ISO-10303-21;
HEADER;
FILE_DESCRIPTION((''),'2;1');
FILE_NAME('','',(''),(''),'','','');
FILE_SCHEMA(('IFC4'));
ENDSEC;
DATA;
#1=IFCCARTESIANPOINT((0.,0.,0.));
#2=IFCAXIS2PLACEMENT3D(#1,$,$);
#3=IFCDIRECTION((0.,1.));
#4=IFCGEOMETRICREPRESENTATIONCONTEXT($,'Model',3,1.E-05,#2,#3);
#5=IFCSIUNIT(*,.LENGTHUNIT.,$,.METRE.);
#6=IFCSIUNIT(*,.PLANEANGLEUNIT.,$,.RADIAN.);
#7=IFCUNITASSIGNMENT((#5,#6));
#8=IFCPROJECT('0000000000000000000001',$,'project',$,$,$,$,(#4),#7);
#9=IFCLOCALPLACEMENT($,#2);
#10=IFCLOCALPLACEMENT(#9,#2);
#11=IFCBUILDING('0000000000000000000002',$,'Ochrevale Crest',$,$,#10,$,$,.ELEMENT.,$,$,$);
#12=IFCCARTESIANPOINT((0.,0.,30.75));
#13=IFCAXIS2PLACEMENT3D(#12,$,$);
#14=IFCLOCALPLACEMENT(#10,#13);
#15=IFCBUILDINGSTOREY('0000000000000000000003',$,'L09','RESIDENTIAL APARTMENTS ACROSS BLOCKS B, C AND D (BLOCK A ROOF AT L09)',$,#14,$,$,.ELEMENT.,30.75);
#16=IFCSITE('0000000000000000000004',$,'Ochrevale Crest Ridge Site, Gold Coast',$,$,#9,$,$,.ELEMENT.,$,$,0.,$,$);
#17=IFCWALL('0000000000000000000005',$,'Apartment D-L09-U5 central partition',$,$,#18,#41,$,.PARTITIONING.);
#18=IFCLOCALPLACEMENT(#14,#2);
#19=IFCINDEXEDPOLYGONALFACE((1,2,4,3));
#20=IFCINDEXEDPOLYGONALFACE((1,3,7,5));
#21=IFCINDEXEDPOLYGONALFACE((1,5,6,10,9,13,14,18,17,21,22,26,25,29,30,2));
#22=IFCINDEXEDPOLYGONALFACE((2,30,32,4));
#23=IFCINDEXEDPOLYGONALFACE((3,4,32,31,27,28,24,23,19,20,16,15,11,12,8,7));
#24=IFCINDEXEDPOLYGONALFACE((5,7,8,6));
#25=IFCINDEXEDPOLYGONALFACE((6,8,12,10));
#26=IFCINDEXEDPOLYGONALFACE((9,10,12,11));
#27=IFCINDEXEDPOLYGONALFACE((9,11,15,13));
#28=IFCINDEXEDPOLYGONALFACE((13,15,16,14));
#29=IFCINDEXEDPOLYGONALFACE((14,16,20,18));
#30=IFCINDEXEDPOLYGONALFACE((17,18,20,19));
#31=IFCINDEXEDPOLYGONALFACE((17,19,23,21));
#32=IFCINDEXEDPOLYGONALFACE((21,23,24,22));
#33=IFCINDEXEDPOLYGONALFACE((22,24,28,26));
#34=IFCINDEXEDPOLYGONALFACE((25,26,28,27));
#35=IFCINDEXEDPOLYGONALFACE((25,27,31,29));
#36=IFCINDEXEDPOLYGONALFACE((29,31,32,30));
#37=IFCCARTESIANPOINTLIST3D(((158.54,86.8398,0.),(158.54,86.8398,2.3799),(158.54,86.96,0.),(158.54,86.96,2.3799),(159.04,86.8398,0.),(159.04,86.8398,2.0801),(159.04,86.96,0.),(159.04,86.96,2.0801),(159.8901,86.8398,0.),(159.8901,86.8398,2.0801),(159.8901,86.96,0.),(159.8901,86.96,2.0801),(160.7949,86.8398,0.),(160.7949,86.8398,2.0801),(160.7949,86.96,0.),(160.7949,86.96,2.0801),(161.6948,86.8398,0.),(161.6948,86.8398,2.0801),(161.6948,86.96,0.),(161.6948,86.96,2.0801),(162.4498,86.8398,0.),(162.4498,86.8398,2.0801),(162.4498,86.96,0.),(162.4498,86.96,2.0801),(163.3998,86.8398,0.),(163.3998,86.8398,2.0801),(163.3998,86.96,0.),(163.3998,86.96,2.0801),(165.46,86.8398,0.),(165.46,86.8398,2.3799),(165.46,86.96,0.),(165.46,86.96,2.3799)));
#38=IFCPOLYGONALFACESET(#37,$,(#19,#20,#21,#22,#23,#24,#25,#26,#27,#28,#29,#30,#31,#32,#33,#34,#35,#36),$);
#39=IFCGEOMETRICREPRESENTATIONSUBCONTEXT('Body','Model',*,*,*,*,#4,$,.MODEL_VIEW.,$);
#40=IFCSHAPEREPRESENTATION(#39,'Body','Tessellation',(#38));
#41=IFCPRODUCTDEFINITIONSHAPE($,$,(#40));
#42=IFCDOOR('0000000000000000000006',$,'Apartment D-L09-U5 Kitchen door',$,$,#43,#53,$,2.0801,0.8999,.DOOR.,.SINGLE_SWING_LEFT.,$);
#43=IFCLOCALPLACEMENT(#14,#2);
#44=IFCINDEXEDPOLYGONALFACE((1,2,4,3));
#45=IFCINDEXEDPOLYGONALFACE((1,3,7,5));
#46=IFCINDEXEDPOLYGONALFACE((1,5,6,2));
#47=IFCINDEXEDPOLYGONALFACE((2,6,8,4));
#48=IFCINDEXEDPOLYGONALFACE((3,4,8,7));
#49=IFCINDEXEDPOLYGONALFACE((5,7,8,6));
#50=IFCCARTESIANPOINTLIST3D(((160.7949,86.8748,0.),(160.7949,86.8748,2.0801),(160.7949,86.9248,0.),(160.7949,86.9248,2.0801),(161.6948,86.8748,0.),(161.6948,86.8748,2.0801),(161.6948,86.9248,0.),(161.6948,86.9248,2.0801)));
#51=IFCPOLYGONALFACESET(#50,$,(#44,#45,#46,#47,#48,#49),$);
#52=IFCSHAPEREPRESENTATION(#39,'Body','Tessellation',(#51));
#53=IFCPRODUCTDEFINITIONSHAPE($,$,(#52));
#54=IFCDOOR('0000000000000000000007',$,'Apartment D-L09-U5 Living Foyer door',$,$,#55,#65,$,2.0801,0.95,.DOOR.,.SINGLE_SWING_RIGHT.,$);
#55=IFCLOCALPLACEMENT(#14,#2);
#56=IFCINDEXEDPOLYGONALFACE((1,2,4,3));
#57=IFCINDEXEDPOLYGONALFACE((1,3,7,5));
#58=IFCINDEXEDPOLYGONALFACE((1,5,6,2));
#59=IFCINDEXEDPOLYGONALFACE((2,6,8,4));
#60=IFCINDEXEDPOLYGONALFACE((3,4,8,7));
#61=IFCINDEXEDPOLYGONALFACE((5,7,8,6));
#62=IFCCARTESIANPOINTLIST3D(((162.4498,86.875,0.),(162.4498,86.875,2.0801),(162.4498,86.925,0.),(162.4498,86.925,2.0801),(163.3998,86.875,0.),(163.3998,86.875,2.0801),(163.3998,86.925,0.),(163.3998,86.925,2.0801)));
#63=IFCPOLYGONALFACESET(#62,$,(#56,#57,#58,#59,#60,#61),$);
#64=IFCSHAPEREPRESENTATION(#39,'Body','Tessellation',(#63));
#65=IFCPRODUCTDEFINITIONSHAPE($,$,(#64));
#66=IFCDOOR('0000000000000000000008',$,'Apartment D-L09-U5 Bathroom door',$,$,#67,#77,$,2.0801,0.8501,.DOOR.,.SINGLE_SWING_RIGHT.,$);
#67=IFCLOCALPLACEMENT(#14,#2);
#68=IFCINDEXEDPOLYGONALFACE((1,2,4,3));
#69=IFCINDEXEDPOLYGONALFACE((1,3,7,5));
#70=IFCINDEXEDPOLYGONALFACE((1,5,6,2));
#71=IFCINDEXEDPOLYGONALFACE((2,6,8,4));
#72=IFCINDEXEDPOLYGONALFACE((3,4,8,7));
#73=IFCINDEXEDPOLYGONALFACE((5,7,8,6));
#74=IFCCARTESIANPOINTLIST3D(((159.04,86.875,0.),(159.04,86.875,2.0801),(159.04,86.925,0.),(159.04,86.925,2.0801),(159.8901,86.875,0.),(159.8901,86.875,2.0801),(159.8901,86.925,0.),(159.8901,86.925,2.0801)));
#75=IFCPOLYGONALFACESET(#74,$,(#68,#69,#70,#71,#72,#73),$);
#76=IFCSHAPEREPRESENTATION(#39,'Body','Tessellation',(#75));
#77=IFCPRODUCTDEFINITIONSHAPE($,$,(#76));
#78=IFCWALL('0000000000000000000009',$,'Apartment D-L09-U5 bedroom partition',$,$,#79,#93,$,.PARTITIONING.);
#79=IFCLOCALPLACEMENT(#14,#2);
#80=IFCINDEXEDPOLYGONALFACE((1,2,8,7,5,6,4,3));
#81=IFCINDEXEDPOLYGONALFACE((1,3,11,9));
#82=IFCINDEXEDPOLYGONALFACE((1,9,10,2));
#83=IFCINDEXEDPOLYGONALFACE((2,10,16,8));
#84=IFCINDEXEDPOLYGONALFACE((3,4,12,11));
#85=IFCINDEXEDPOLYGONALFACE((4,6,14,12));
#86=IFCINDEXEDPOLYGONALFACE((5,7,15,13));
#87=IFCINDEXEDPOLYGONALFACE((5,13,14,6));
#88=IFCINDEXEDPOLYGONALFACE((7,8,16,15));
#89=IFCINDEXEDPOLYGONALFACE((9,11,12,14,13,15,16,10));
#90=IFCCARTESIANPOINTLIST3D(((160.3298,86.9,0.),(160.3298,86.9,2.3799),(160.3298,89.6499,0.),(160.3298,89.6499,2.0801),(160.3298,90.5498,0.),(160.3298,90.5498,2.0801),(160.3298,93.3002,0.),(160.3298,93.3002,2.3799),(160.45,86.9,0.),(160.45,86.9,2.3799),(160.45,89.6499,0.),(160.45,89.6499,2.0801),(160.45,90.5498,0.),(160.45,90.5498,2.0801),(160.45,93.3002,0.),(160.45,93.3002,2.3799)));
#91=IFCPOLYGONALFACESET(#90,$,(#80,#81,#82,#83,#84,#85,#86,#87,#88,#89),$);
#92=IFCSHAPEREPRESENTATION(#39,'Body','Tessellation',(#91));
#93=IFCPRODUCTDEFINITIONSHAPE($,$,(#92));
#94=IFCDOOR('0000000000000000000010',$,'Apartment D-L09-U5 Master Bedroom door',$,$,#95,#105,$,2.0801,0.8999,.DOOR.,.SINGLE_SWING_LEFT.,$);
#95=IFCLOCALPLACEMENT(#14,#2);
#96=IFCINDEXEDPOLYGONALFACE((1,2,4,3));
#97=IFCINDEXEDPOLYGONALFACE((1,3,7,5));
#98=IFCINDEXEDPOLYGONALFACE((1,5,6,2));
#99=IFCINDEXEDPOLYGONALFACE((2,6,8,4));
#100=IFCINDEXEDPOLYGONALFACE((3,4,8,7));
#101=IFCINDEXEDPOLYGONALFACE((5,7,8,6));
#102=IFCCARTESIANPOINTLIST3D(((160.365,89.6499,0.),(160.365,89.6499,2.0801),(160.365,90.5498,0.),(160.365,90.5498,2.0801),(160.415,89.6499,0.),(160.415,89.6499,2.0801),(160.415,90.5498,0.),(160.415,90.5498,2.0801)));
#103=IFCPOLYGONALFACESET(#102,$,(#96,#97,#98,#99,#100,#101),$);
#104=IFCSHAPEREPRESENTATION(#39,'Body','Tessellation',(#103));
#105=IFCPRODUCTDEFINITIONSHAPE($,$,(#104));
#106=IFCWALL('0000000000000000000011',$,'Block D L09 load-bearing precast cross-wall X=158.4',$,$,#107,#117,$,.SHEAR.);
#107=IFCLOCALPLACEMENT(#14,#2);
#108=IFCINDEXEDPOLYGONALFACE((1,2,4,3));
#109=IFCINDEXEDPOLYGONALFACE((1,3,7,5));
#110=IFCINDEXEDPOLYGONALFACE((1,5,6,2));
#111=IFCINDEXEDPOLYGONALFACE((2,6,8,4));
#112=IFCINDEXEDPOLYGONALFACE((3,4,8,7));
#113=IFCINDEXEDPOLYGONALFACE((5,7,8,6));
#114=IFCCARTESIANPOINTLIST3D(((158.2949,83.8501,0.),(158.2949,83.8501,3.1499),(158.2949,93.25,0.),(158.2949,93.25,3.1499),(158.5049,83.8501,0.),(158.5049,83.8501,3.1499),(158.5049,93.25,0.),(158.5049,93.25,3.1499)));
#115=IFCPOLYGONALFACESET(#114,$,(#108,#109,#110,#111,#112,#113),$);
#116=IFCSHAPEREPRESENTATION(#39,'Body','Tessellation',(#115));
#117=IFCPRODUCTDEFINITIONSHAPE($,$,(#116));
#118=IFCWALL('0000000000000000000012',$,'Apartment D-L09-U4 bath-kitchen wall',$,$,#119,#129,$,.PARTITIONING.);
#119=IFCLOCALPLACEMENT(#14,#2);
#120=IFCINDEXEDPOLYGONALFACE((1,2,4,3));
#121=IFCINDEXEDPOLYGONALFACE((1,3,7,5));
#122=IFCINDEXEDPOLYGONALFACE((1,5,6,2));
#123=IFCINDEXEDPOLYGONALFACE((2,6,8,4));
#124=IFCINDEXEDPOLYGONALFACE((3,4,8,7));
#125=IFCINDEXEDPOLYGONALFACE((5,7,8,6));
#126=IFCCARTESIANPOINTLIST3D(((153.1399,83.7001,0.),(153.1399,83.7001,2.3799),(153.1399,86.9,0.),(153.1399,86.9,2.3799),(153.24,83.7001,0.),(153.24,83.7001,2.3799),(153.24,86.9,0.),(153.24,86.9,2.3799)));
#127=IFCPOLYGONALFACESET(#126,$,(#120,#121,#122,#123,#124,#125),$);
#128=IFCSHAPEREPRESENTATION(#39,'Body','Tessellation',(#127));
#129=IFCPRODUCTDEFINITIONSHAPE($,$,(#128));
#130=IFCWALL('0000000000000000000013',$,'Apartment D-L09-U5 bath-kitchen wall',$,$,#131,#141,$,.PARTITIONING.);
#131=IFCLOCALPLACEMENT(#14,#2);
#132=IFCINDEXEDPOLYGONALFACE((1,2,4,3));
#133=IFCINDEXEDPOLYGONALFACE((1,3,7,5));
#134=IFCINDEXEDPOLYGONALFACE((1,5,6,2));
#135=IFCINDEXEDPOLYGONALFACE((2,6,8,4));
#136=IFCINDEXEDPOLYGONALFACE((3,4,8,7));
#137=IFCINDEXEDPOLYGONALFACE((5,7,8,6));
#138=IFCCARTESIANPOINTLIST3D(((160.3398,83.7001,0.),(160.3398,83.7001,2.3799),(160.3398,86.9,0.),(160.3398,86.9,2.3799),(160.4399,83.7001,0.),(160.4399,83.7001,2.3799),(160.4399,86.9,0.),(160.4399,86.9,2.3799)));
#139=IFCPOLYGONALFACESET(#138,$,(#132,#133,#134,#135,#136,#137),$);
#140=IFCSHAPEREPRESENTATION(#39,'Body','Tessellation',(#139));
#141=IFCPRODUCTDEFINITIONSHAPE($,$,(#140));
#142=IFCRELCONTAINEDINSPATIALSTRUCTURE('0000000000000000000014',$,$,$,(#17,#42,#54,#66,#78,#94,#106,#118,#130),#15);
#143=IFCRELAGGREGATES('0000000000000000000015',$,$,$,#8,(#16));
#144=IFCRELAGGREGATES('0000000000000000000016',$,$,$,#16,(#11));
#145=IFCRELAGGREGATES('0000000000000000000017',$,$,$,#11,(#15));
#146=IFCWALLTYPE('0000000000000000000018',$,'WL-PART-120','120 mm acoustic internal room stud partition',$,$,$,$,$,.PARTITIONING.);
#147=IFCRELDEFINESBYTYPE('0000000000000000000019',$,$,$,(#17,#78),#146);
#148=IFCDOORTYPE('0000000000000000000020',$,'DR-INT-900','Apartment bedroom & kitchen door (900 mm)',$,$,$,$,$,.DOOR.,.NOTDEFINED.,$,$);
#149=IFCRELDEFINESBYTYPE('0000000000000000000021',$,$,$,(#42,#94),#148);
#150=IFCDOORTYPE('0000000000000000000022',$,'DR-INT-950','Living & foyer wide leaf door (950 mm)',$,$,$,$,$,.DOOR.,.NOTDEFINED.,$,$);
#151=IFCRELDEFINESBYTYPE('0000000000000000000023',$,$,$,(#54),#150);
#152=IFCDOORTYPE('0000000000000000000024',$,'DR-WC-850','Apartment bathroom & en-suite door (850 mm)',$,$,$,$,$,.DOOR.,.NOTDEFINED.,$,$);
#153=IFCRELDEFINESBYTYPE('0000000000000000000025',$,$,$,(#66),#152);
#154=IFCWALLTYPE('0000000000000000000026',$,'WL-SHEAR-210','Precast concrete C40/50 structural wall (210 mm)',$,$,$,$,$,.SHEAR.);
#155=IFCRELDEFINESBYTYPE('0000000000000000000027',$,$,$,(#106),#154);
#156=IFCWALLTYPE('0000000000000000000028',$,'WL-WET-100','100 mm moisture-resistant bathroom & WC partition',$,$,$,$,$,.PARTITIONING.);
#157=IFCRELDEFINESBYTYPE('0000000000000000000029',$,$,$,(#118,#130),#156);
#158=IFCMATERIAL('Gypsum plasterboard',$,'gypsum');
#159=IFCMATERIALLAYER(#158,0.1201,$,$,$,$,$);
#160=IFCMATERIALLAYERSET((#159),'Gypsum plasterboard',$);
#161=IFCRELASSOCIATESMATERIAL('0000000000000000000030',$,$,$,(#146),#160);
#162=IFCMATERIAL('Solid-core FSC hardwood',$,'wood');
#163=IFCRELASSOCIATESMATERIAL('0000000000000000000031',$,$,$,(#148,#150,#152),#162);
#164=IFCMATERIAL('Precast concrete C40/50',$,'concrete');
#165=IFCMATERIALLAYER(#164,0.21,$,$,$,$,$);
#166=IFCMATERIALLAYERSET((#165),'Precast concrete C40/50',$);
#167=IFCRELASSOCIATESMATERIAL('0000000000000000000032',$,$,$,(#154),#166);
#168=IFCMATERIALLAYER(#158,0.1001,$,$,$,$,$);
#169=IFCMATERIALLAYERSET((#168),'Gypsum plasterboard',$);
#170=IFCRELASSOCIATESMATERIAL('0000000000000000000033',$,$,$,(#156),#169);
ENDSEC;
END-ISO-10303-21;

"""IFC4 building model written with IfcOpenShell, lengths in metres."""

from ifc_helpers import new_model, si_unit, direction, frame, frame_2d, origin, place, context, subcontext, project, spatial, rectangle, extrude, material, layer, layer_set, type_object, element, fill, save


model = new_model("IFC4")

# Units and contexts
model_context = context("Model", 3, precision=1e-05, world=origin(), true_north=direction((0.0, 1.0)))
body_context = subcontext(model_context, "Body", "Model", "MODEL_VIEW")
ifc_project = project(units=[si_unit("LENGTHUNIT", "METRE"), si_unit("PLANEANGLEUNIT", "RADIAN")], contexts=[model_context])

# Site, building, storey
site_placement = place(None, origin())
site = spatial("IfcSite", under=ifc_project, at=site_placement, Name="Ochrevale Crest Ridge Site, Gold Coast", CompositionType="ELEMENT", RefElevation=0.0)
building_placement = place(site_placement, origin())
building = spatial("IfcBuilding", under=site, at=building_placement, Name="Ochrevale Crest", CompositionType="ELEMENT")
storey_placement = place(building_placement, frame((0.0, 0.0, 30.75)))
storey = spatial("IfcBuildingStorey", under=building, at=storey_placement, Name="L09", Description="RESIDENTIAL APARTMENTS ACROSS BLOCKS B, C AND D (BLOCK A ROOF AT L09)", CompositionType="ELEMENT", Elevation=30.75)

# Shared definitions
ifc_material_1 = material(Name="Gypsum plasterboard", Category="gypsum")
ifc_material_2 = material(Name="Solid-core FSC hardwood", Category="wood")

# Shared definitions
ifc_layer_1 = layer(ifc_material_1, 0.1201)
ifc_layer_set_1 = layer_set([ifc_layer_1], Name="Gypsum plasterboard")
wall_type_1 = type_object("IfcWallType", Name="WL-PART-120", Description="120 mm acoustic internal room stud partition", PredefinedType="PARTITIONING", material=ifc_layer_set_1)

# Shared definitions
door_type_1 = type_object("IfcDoorType", Name="DR-INT-900", Description="Apartment bedroom & kitchen door (900 mm)", OperationType="NOTDEFINED", PredefinedType="DOOR", material=ifc_material_2)
door_type_2 = type_object("IfcDoorType", Name="DR-INT-950", Description="Living & foyer wide leaf door (950 mm)", OperationType="NOTDEFINED", PredefinedType="DOOR", material=ifc_material_2)
door_type_3 = type_object("IfcDoorType", Name="DR-WC-850", Description="Apartment bathroom & en-suite door (850 mm)", OperationType="NOTDEFINED", PredefinedType="DOOR", material=ifc_material_2)

# Wall, openings, doors
wall_1_placement = place(storey_placement, frame((158.54, 86.8999, 0.0), z_axis=(0.0, 0.0, 1.0), x_axis=(1.0, 0.0, 0.0)))
wall_1 = element("IfcWall", 1, at=wall_1_placement, inside=storey, type_object=wall_type_1, Name="Apartment D-L09-U5 central partition", PredefinedType="PARTITIONING", context=body_context, shape_type="SweptSolid", body=[
    extrude(rectangle(XDim=6.9199, YDim=0.1201, at=frame_2d((3.46, 0.0))), origin(), (0.0, 0.0, 1.0), 2.3799),
])
opening_1_placement = place(wall_1_placement, frame((1.3501, 0.0, 0.0), z_axis=(0.0, 0.0, 1.0), x_axis=(-1.0, 0.0, 0.0)))
opening_1 = element("IfcOpeningElement", 2, at=opening_1_placement, cuts=wall_1, PredefinedType="OPENING", context=body_context, shape_type="SweptSolid", body=[
    extrude(rectangle(XDim=0.8501, YDim=2.0801, at=frame_2d((0.425, 1.04))), frame((0.0, 0.0701, 0.0), z_axis=(0.0, -1.0, 0.0), x_axis=(1.0, 0.0, 0.0)), (0.0, 0.0, 1.0), 0.1401),
])
opening_2_placement = place(wall_1_placement, frame((2.2549, 0.0, 0.0)))
opening_2 = element("IfcOpeningElement", 3, at=opening_2_placement, cuts=wall_1, PredefinedType="OPENING", context=body_context, shape_type="SweptSolid", body=[
    extrude(rectangle(XDim=0.8999, YDim=2.0801, at=frame_2d((0.45, 1.04))), frame((0.0, 0.0701, 0.0), z_axis=(0.0, -1.0, 0.0), x_axis=(1.0, 0.0, 0.0)), (0.0, 0.0, 1.0), 0.1401),
])
opening_3_placement = place(wall_1_placement, frame((4.8599, 0.0, 0.0), z_axis=(0.0, 0.0, 1.0), x_axis=(-1.0, 0.0, 0.0)))
opening_3 = element("IfcOpeningElement", 4, at=opening_3_placement, cuts=wall_1, PredefinedType="OPENING", context=body_context, shape_type="SweptSolid", body=[
    extrude(rectangle(XDim=0.95, YDim=2.0801, at=frame_2d((0.4751, 1.04))), frame((0.0, 0.0701, 0.0), z_axis=(0.0, -1.0, 0.0), x_axis=(1.0, 0.0, 0.0)), (0.0, 0.0, 1.0), 0.1401),
])
door_1_placement = place(opening_2_placement, origin())
door_1 = element("IfcDoor", 5, at=door_1_placement, inside=storey, type_object=door_type_1, Name="Apartment D-L09-U5 Kitchen door", OperationType="SINGLE_SWING_LEFT", OverallHeight=2.0801, OverallWidth=0.8999, PredefinedType="DOOR", context=body_context, shape_type="SweptSolid", body=[
    extrude(rectangle(XDim=0.8999, YDim=2.0801, at=frame_2d((0.45, 1.04))), frame((0.0, 0.0249, 0.0), z_axis=(0.0, -1.0, 0.0), x_axis=(1.0, 0.0, 0.0)), (0.0, 0.0, 1.0), 0.05),
])
fill(opening_2, door_1)
door_2_placement = place(opening_3_placement, origin())
door_2 = element("IfcDoor", 6, at=door_2_placement, inside=storey, type_object=door_type_2, Name="Apartment D-L09-U5 Living Foyer door", OperationType="SINGLE_SWING_RIGHT", OverallHeight=2.0801, OverallWidth=0.95, PredefinedType="DOOR", context=body_context, shape_type="SweptSolid", body=[
    extrude(rectangle(XDim=0.95, YDim=2.0801, at=frame_2d((0.4751, 1.04))), frame((0.0, 0.0249, 0.0), z_axis=(0.0, -1.0, 0.0), x_axis=(1.0, 0.0, 0.0)), (0.0, 0.0, 1.0), 0.05),
])
fill(opening_3, door_2)
door_3_placement = place(opening_1_placement, origin())
door_3 = element("IfcDoor", 7, at=door_3_placement, inside=storey, type_object=door_type_3, Name="Apartment D-L09-U5 Bathroom door", OperationType="SINGLE_SWING_RIGHT", OverallHeight=2.0801, OverallWidth=0.8501, PredefinedType="DOOR", context=body_context, shape_type="SweptSolid", body=[
    extrude(rectangle(XDim=0.8501, YDim=2.0801, at=frame_2d((0.425, 1.04))), frame((0.0, 0.0249, 0.0), z_axis=(0.0, -1.0, 0.0), x_axis=(1.0, 0.0, 0.0)), (0.0, 0.0, 1.0), 0.05),
])
fill(opening_1, door_3)

# Wall, opening, door
wall_2_placement = place(storey_placement, frame((160.3899, 86.8999, 0.0), z_axis=(0.0, 0.0, 1.0), x_axis=(0.0, 1.0, 0.0)))
wall_2 = element("IfcWall", 8, at=wall_2_placement, inside=storey, type_object=wall_type_1, Name="Apartment D-L09-U5 bedroom partition", PredefinedType="PARTITIONING", context=body_context, shape_type="SweptSolid", body=[
    extrude(rectangle(XDim=6.4001, YDim=0.1201, at=frame_2d((3.2002, 0.0))), origin(), (0.0, 0.0, 1.0), 2.3799),
])
opening_4_placement = place(wall_2_placement, frame((2.75, 0.0, 0.0)))
opening_4 = element("IfcOpeningElement", 9, at=opening_4_placement, cuts=wall_2, PredefinedType="OPENING", context=body_context, shape_type="SweptSolid", body=[
    extrude(rectangle(XDim=0.8999, YDim=2.0801, at=frame_2d((0.45, 1.04))), frame((0.0, 0.0701, 0.0), z_axis=(0.0, -1.0, 0.0), x_axis=(1.0, 0.0, 0.0)), (0.0, 0.0, 1.0), 0.1401),
])
door_4_placement = place(opening_4_placement, origin())
door_4 = element("IfcDoor", 10, at=door_4_placement, inside=storey, type_object=door_type_1, Name="Apartment D-L09-U5 Master Bedroom door", OperationType="SINGLE_SWING_LEFT", OverallHeight=2.0801, OverallWidth=0.8999, PredefinedType="DOOR", context=body_context, shape_type="SweptSolid", body=[
    extrude(rectangle(XDim=0.8999, YDim=2.0801, at=frame_2d((0.45, 1.04))), frame((0.0, 0.0249, 0.0), z_axis=(0.0, -1.0, 0.0), x_axis=(1.0, 0.0, 0.0)), (0.0, 0.0, 1.0), 0.05),
])
fill(opening_4, door_4)

# Walls
ifc_material_3 = material(Name="Precast concrete C40/50", Category="concrete")
ifc_layer_2 = layer(ifc_material_3, 0.21)
ifc_layer_set_2 = layer_set([ifc_layer_2], Name="Precast concrete C40/50")
wall_type_2 = type_object("IfcWallType", Name="WL-SHEAR-210", Description="Precast concrete C40/50 structural wall (210 mm)", PredefinedType="SHEAR", material=ifc_layer_set_2)
wall_3_placement = place(storey_placement, frame((158.3999, 83.8501, 0.0), z_axis=(0.0, 0.0, 1.0), x_axis=(0.0, 1.0, 0.0)))
element("IfcWall", 11, at=wall_3_placement, inside=storey, type_object=wall_type_2, Name="Block D L09 load-bearing precast cross-wall X=158.4", PredefinedType="SHEAR", context=body_context, shape_type="SweptSolid", body=[
    extrude(rectangle(XDim=9.3999, YDim=0.21, at=frame_2d((4.7, 0.0))), origin(), (0.0, 0.0, 1.0), 3.1499),
])
ifc_layer_3 = layer(ifc_material_1, 0.1001)
ifc_layer_set_3 = layer_set([ifc_layer_3], Name="Gypsum plasterboard")
wall_type_3 = type_object("IfcWallType", Name="WL-WET-100", Description="100 mm moisture-resistant bathroom & WC partition", PredefinedType="PARTITIONING", material=ifc_layer_set_3)
for number, where, z_axis, x_axis, name in (
    (12, (153.1899, 83.7, 0.0), (0.0, 0.0, 1.0), (0.0, 1.0, 0.0), "Apartment D-L09-U4 bath-kitchen wall"),
    (13, (160.3899, 83.7, 0.0), (0.0, 0.0, 1.0), (0.0, 1.0, 0.0), "Apartment D-L09-U5 bath-kitchen wall"),
):
    element("IfcWall", number, at=place(storey_placement, frame(where, z_axis=z_axis, x_axis=x_axis)), inside=storey, type_object=wall_type_3, Name=name, PredefinedType="PARTITIONING", context=body_context, shape_type="SweptSolid", body=[
        extrude(rectangle(XDim=3.2, YDim=0.1001, at=frame_2d((1.6001, 0.0))), origin(), (0.0, 0.0, 1.0), 2.3799),
    ])

save(model, "model.ifc")
